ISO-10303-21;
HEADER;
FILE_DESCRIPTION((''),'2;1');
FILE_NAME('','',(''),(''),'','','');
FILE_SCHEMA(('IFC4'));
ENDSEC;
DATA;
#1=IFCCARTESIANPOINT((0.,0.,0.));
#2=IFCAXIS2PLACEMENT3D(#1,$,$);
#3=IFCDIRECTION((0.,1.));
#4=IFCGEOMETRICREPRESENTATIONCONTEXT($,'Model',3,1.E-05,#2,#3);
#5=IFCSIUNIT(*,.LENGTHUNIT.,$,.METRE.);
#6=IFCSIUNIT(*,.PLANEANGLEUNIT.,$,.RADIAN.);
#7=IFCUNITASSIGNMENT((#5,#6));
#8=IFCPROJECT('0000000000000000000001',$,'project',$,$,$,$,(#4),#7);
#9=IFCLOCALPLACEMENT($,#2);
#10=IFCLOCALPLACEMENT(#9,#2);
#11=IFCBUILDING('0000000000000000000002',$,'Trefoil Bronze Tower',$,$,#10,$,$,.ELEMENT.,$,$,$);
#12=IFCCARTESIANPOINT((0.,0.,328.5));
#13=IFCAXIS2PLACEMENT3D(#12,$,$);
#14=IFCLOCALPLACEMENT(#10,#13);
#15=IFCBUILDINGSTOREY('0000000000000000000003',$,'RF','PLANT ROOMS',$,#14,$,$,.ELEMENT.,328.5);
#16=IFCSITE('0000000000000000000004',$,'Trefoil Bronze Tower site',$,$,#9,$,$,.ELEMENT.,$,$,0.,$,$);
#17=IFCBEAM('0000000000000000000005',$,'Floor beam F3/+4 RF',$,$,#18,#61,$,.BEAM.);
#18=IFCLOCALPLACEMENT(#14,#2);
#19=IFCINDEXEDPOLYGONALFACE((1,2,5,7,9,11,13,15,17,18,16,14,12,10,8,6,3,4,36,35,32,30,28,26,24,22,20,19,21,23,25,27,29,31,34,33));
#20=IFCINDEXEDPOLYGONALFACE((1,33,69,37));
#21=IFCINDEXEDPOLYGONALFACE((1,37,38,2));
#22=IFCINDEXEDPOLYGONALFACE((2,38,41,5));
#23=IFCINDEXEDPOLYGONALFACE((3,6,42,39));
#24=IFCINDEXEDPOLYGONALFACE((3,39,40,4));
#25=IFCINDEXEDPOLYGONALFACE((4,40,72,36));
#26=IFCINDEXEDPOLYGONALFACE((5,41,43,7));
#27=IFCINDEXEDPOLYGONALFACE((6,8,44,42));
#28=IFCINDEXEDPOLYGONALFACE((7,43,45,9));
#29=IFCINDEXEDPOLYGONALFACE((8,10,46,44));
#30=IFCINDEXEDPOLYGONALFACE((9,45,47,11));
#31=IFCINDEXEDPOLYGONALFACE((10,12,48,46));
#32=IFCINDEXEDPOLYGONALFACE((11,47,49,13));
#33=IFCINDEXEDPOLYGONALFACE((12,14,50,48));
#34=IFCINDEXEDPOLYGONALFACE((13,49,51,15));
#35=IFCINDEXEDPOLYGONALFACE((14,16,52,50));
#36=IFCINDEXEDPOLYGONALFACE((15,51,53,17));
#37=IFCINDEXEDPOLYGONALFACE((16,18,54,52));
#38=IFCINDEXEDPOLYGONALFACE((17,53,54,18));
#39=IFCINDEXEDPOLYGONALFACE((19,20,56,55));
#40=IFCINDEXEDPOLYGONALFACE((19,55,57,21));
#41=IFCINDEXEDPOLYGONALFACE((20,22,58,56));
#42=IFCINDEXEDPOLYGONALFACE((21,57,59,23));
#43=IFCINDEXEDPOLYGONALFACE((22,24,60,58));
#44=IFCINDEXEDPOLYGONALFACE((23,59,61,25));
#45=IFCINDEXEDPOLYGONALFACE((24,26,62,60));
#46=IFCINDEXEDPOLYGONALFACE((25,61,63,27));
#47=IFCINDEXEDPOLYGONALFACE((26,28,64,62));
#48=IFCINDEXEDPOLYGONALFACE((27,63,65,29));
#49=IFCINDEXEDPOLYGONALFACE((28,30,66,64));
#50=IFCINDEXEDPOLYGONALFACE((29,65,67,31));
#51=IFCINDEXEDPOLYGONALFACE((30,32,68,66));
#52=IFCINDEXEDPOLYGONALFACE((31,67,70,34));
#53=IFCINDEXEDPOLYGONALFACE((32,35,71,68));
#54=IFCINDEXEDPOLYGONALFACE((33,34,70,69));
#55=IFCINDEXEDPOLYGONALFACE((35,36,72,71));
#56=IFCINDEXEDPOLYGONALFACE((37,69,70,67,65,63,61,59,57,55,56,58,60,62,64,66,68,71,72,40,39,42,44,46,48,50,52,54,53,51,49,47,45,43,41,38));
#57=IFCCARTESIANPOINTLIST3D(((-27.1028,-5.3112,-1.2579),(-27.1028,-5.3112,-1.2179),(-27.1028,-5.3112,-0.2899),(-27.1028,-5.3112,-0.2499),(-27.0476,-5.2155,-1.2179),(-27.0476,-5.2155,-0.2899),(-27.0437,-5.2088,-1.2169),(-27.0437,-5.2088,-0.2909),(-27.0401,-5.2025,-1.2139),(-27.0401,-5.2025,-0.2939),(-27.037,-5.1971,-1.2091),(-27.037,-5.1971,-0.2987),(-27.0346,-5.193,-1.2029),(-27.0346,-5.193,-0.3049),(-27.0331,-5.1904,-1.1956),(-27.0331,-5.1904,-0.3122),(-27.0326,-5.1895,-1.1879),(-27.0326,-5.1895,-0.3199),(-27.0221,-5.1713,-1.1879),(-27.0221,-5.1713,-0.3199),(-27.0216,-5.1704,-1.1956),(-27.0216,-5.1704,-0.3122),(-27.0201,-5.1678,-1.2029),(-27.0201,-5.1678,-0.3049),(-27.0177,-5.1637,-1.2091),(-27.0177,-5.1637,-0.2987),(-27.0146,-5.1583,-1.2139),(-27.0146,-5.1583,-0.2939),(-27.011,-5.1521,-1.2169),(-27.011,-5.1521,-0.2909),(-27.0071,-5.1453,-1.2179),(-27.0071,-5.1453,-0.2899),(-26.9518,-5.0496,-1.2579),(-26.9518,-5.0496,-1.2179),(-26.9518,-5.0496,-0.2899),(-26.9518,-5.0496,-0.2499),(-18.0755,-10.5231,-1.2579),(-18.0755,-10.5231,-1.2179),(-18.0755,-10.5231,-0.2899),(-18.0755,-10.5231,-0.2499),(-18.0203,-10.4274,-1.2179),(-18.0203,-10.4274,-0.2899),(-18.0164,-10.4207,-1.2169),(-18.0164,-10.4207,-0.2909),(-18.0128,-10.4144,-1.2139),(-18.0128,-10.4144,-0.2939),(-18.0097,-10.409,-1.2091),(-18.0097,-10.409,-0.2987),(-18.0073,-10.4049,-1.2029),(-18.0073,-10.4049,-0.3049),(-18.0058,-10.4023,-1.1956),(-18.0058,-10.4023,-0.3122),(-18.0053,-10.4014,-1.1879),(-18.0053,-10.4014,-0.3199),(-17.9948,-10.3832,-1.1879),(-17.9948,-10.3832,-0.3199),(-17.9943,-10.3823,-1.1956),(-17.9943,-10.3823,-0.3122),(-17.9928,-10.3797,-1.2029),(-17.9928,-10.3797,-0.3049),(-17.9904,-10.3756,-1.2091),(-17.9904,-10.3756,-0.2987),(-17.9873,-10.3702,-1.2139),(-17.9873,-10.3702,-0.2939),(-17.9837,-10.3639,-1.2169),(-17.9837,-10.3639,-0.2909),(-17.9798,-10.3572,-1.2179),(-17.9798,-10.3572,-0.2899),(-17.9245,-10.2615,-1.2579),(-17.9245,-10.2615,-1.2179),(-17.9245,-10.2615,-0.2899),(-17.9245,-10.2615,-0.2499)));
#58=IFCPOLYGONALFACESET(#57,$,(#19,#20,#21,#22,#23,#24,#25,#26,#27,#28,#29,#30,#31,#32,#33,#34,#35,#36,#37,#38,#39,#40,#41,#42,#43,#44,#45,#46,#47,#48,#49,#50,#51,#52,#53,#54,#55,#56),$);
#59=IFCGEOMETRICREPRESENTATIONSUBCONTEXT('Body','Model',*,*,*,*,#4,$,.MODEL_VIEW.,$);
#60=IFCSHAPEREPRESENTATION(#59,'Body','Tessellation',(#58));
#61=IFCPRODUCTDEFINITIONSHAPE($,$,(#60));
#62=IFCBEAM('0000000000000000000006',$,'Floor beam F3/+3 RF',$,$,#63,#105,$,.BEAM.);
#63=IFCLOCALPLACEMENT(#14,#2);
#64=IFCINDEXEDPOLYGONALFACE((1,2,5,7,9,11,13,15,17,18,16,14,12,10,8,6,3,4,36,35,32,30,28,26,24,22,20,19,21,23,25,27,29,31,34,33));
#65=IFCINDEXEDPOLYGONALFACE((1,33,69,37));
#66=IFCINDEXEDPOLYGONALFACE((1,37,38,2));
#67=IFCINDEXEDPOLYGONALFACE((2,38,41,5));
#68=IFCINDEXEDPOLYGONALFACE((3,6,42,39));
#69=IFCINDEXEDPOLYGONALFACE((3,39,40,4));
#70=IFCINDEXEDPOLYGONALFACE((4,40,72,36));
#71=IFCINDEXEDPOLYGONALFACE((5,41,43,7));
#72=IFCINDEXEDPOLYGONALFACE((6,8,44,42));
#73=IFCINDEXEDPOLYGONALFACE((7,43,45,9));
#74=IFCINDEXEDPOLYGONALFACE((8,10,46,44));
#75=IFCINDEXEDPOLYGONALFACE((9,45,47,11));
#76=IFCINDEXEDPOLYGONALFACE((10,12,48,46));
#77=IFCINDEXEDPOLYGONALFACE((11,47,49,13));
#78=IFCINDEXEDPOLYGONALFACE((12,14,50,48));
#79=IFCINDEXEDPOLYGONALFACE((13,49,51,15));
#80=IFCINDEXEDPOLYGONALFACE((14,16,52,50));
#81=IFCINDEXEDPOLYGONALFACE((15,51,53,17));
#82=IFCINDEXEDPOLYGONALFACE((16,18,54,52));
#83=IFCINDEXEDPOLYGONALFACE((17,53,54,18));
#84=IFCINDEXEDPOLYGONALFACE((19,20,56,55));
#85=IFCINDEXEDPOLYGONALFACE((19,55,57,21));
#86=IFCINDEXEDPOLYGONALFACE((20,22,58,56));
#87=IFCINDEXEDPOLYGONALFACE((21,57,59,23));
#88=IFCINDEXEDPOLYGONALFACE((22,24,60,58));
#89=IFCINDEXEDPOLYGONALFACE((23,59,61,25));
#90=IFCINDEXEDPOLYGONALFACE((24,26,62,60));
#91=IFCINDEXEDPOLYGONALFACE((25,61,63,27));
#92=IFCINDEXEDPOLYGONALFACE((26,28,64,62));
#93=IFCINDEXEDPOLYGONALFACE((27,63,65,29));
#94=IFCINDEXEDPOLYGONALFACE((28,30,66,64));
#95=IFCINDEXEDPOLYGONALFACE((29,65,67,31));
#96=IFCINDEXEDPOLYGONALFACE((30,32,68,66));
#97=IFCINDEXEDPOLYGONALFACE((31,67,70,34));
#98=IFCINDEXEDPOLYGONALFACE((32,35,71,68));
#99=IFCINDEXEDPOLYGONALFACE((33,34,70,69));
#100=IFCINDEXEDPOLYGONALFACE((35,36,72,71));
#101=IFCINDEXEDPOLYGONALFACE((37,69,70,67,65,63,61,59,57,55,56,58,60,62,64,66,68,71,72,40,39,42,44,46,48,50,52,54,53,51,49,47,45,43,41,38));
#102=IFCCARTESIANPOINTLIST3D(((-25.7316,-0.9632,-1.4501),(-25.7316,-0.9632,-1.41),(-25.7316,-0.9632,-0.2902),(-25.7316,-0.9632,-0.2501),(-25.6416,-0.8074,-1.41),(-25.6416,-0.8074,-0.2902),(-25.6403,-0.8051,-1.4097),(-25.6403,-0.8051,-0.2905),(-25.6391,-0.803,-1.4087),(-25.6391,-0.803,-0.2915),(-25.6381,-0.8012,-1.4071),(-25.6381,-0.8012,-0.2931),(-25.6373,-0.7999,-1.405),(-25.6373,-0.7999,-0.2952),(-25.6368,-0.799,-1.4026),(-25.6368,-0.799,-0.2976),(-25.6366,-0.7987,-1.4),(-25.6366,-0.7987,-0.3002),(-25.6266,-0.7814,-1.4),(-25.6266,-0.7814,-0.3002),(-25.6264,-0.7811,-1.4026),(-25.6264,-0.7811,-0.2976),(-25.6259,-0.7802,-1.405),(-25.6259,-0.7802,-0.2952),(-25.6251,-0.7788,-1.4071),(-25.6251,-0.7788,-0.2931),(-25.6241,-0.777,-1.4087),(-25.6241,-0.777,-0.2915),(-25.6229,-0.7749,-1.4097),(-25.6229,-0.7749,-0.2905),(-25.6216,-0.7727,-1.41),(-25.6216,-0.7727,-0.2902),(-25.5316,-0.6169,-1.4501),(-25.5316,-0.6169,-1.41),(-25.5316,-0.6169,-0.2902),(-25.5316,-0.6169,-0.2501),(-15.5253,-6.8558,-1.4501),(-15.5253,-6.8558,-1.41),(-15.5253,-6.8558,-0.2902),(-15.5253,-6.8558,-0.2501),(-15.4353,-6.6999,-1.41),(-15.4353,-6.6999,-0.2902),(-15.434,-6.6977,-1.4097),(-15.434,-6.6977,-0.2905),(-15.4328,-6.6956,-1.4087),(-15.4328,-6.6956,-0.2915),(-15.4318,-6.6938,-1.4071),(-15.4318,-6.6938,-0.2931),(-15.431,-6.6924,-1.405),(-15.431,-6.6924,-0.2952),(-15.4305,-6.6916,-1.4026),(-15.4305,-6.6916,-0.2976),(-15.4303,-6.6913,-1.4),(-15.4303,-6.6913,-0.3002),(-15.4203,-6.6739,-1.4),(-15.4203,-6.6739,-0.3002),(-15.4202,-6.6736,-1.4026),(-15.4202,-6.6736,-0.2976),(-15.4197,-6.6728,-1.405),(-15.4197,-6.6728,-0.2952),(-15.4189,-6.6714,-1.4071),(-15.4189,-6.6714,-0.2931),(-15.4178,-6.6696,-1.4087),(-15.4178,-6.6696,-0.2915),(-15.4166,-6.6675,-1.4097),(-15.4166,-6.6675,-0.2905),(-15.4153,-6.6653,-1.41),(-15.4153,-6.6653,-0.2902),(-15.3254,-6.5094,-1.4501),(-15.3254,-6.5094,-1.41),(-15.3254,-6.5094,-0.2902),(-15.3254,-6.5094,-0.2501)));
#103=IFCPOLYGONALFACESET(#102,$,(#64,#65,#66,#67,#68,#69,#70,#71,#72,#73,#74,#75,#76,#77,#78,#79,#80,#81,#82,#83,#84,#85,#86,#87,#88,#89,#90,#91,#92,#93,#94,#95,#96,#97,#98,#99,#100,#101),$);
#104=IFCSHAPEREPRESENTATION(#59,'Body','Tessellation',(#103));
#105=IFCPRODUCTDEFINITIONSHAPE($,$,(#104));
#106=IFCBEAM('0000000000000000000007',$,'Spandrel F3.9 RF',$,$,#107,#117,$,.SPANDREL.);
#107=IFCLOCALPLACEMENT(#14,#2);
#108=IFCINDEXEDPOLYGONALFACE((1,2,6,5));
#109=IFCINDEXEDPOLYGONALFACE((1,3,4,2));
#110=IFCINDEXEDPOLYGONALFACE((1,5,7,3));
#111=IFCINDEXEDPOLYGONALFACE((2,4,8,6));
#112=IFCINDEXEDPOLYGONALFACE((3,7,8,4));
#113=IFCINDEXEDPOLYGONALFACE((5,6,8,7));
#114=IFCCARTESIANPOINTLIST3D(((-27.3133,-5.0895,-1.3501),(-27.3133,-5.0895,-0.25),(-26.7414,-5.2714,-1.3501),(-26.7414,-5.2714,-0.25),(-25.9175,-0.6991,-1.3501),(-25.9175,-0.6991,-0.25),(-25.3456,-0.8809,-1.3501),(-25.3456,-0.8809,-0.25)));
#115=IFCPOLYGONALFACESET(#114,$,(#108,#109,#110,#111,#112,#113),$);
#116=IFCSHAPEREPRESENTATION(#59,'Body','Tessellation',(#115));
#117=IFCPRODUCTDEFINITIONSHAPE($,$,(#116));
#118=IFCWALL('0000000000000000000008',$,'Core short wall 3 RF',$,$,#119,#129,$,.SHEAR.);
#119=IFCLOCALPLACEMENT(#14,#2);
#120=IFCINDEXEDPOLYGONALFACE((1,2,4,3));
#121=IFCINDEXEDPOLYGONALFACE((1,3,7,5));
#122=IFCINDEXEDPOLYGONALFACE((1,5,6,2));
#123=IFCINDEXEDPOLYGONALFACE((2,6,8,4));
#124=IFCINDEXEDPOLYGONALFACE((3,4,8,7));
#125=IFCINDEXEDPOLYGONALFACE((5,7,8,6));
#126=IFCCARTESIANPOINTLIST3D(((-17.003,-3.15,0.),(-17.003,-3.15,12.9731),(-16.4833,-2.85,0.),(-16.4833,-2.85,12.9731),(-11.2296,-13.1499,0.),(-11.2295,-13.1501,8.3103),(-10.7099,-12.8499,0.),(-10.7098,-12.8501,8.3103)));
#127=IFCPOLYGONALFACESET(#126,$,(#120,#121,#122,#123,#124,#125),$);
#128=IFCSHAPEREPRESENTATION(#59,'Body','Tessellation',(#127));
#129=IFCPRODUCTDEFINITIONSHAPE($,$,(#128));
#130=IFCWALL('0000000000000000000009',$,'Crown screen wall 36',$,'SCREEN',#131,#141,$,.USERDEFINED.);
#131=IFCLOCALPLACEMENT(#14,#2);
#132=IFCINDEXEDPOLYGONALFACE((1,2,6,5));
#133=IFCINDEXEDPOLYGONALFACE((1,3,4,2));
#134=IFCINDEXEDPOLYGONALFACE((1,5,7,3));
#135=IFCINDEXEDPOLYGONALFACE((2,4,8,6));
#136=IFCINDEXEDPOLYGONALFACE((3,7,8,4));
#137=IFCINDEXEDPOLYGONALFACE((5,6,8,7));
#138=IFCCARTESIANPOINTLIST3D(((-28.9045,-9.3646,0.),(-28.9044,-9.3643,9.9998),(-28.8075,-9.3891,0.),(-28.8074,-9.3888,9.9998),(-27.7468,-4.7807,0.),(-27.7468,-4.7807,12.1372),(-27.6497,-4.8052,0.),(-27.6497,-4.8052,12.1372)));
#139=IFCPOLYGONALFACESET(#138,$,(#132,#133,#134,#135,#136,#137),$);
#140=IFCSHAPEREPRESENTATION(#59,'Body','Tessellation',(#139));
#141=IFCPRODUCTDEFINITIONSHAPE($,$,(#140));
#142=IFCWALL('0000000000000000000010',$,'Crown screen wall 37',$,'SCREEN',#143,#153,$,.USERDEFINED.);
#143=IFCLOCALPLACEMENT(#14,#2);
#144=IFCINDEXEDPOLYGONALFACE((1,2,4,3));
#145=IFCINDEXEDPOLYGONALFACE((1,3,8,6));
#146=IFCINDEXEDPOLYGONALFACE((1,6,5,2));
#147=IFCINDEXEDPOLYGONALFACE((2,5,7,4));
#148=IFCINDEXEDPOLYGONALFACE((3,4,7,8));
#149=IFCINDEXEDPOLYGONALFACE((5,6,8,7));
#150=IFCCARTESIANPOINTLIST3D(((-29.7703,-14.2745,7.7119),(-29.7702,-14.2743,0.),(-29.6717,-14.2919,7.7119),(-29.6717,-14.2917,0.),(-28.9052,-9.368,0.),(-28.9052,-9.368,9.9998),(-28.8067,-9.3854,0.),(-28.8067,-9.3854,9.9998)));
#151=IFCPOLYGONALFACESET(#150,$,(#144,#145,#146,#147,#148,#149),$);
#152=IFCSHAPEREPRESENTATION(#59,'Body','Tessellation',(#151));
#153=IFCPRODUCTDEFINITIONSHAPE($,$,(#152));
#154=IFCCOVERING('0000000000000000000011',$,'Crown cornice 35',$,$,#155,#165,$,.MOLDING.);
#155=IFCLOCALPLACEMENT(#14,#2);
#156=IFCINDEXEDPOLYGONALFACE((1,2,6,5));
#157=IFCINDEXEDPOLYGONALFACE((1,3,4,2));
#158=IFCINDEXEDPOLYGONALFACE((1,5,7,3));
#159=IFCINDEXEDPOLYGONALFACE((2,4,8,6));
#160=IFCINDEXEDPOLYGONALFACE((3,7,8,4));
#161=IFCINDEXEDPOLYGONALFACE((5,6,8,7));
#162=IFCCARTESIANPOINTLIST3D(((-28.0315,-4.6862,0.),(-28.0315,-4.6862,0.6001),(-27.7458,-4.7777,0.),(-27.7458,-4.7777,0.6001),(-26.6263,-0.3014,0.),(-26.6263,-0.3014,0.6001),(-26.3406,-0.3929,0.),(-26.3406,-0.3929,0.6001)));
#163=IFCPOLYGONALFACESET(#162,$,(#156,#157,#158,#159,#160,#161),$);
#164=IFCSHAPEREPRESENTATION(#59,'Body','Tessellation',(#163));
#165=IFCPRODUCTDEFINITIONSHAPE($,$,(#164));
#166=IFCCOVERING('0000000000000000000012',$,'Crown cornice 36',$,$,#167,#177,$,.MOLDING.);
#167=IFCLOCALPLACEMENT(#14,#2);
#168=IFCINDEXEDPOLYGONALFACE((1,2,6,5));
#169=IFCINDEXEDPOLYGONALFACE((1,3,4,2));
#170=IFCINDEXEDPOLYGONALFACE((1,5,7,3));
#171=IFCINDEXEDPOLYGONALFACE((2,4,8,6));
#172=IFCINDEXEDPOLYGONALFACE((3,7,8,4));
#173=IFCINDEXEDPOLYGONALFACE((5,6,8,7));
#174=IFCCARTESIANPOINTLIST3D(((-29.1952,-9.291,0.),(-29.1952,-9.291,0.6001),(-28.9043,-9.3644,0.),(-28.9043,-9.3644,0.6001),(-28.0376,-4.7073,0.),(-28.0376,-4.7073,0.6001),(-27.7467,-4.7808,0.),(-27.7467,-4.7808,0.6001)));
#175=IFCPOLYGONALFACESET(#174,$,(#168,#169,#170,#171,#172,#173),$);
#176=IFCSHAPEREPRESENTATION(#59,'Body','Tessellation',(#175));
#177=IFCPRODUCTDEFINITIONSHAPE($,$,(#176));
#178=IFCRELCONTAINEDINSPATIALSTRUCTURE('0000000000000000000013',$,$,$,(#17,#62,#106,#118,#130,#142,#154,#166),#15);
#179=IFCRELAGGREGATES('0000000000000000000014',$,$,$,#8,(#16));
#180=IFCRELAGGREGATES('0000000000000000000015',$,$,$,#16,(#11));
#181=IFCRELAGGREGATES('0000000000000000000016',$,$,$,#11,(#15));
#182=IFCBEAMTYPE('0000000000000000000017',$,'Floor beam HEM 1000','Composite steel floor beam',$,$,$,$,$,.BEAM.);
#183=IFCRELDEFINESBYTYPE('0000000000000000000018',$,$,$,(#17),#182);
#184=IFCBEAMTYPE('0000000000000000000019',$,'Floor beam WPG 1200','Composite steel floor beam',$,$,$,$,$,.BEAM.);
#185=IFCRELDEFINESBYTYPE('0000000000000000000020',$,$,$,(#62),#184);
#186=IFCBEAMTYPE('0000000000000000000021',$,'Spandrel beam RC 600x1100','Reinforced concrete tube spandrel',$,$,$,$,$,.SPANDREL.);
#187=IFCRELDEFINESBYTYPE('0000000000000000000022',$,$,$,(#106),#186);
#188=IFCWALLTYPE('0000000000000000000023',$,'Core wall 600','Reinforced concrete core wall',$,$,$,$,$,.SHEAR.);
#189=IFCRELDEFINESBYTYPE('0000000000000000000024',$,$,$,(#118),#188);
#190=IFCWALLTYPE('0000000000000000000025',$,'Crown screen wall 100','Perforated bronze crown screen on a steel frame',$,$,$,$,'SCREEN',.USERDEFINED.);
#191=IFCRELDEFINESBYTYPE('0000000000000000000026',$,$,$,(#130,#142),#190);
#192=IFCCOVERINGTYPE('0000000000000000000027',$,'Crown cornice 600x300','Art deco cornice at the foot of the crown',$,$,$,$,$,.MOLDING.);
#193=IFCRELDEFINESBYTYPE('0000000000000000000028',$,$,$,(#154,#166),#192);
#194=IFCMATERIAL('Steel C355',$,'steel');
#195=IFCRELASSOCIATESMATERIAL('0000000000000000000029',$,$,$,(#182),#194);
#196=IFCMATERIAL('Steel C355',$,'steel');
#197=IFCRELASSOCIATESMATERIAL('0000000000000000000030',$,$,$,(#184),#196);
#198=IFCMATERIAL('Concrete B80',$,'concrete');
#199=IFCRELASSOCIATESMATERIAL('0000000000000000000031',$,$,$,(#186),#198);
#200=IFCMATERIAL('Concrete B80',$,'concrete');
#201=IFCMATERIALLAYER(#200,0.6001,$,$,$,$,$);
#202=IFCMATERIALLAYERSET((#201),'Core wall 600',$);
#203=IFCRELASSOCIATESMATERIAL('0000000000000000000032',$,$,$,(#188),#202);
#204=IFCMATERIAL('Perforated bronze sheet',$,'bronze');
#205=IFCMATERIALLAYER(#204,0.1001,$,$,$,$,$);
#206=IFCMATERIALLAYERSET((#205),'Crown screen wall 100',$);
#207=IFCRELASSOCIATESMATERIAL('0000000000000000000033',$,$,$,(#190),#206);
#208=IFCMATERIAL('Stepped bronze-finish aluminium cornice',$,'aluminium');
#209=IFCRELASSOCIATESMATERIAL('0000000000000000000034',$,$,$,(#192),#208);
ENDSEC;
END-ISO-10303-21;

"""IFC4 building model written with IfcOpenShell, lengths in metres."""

from ifc_helpers import new_model, si_unit, direction, frame, origin, origin_2d, place, context, subcontext, project, spatial, polyline, rectangle, i_section, outline, extrude, material, layer, layer_set, material_profile, profile_set, type_object, element, save


model = new_model("IFC4")

# Units and contexts
model_context = context("Model", 3, precision=1e-05, world=origin(), true_north=direction((0.0, 1.0)))
body_context = subcontext(model_context, "Body", "Model", "MODEL_VIEW")
ifc_project = project(units=[si_unit("LENGTHUNIT", "METRE"), si_unit("PLANEANGLEUNIT", "RADIAN")], contexts=[model_context])

# Site, building, storey
site_placement = place(None, origin())
site = spatial("IfcSite", under=ifc_project, at=site_placement, Name="Trefoil Bronze Tower site", CompositionType="ELEMENT", RefElevation=0.0)
building_placement = place(site_placement, origin())
building = spatial("IfcBuilding", under=site, at=building_placement, Name="Trefoil Bronze Tower", CompositionType="ELEMENT")
storey_placement = place(building_placement, frame((0.0, 0.0, 328.5)))
storey = spatial("IfcBuildingStorey", under=building, at=storey_placement, Name="RF", Description="PLANT ROOMS", CompositionType="ELEMENT", Elevation=328.5)

# Beams
ifc_material_1 = material(Name="Steel C355", Category="steel")
ifc_material_profile_1 = material_profile(ifc_material_1, i_section(OverallWidth=0.302, OverallDepth=1.0081, WebThickness=0.021, FlangeThickness=0.04, FilletRadius=0.03, at=origin_2d()), Name="HEM 1000")
ifc_profile_set_1 = profile_set([ifc_material_profile_1], Name="Steel C355")
beam_type_1 = type_object("IfcBeamType", Name="Floor beam HEM 1000", Description="Composite steel floor beam", PredefinedType="BEAM", material=ifc_profile_set_1)
beam_1_placement = place(storey_placement, frame((-27.0273, -5.1804, -0.7539), z_axis=(0.866026, -0.499998, 0.0), x_axis=(0.499998, 0.866026, 0.0)))
element("IfcBeam", 1, at=beam_1_placement, inside=storey, type_object=beam_type_1, Name="Floor beam F3/+4 RF", PredefinedType="BEAM", context=body_context, shape_type="SweptSolid", body=[
    extrude(i_section(OverallWidth=0.302, OverallDepth=1.0081, WebThickness=0.021, FlangeThickness=0.04, FilletRadius=0.03, at=origin_2d()), origin(), (0.0, 0.0, 1.0), 10.4238),
])
ifc_material_2 = material(Name="Steel C355", Category="steel")
ifc_material_profile_2 = material_profile(ifc_material_2, i_section(OverallWidth=0.3999, OverallDepth=1.2, WebThickness=0.02, FlangeThickness=0.04, FilletRadius=0.01, at=origin_2d()), Name="WPG 1200")
ifc_profile_set_2 = profile_set([ifc_material_profile_2], Name="Steel C355")
beam_type_2 = type_object("IfcBeamType", Name="Floor beam WPG 1200", Description="Composite steel floor beam", PredefinedType="BEAM", material=ifc_profile_set_2)
beam_2_placement = place(storey_placement, frame((-25.6316, -0.79, -0.8501), z_axis=(0.866027, -0.499998, 0.0), x_axis=(0.499998, 0.866027, 0.0)))
element("IfcBeam", 2, at=beam_2_placement, inside=storey, type_object=beam_type_2, Name="Floor beam F3/+3 RF", PredefinedType="BEAM", context=body_context, shape_type="SweptSolid", body=[
    extrude(i_section(OverallWidth=0.3999, OverallDepth=1.2, WebThickness=0.02, FlangeThickness=0.04, FilletRadius=0.01, at=origin_2d()), origin(), (0.0, 0.0, 1.0), 11.7852),
])
ifc_material_3 = material(Name="Concrete B80", Category="concrete")
ifc_material_profile_3 = material_profile(ifc_material_3, rectangle(XDim=0.6001, YDim=1.1001, at=origin_2d()), Name="RC 600x1100")
ifc_profile_set_3 = profile_set([ifc_material_profile_3], Name="Concrete B80")
beam_type_3 = type_object("IfcBeamType", Name="Spandrel beam RC 600x1100", Description="Reinforced concrete tube spandrel", PredefinedType="SPANDREL", material=ifc_profile_set_3)
beam_3_placement = place(storey_placement, frame((-25.6316, -0.79, -0.8), z_axis=(-0.30297, -0.953, 0.0), x_axis=(0.953, -0.30297, 0.0)))
element("IfcBeam", 3, at=beam_3_placement, inside=storey, type_object=beam_type_3, Name="Spandrel F3.9 RF", PredefinedType="SPANDREL", context=body_context, shape_type="SweptSolid", body=[
    extrude(rectangle(XDim=0.6001, YDim=1.1001, at=origin_2d()), origin(), (0.0, 0.0, 1.0), 4.6069),
])

# Walls
ifc_material_4 = material(Name="Concrete B80", Category="concrete")
ifc_layer_1 = layer(ifc_material_4, 0.6001)
ifc_layer_set_1 = layer_set([ifc_layer_1], Name="Core wall 600")
wall_type_1 = type_object("IfcWallType", Name="Core wall 600", Description="Reinforced concrete core wall", PredefinedType="SHEAR", material=ifc_layer_set_1)
wall_1_placement = place(storey_placement, frame((-16.7432, -3.0, 0.0), z_axis=(0.0, 0.0, 1.0), x_axis=(0.499996, -0.866028, 0.0)))
element("IfcWall", 4, at=wall_1_placement, inside=storey, type_object=wall_type_1, Name="Core short wall 3 RF", PredefinedType="SHEAR", context=body_context, shape_type="SweptSolid", body=[
    extrude(outline(polyline([(0.0, 0.0), (11.5469, 0.0), (11.5471, 8.3103), (0.0, 12.9731), (0.0, 0.0)])), frame((0.0, 0.3, 0.0), z_axis=(0.0, -1.0, 0.0), x_axis=(1.0, 0.0, 0.0)), (0.0, 0.0, 1.0), 0.6001),
])
ifc_material_5 = material(Name="Perforated bronze sheet", Category="bronze")
ifc_layer_2 = layer(ifc_material_5, 0.1001)
ifc_layer_set_2 = layer_set([ifc_layer_2], Name="Crown screen wall 100")
wall_type_2 = type_object("IfcWallType", Name="Crown screen wall 100", Description="Perforated bronze crown screen on a steel frame", ElementType="SCREEN", PredefinedType="USERDEFINED", material=ifc_layer_set_2)
wall_2_placement = place(storey_placement, frame((-27.6982, -4.793, 0.0), z_axis=(0.0, 0.0, 1.0), x_axis=(-0.24488, -0.969553, 0.0)))
element("IfcWall", 5, at=wall_2_placement, inside=storey, type_object=wall_type_2, Name="Crown screen wall 36", ObjectType="SCREEN", PredefinedType="USERDEFINED", context=body_context, shape_type="SweptSolid", body=[
    extrude(outline(polyline([(0.0, 0.0), (4.7278, 0.0), (4.7275, 9.9998), (0.0, 12.1372), (0.0, 0.0)])), frame((0.0, 0.05, 0.0), z_axis=(0.0, -1.0, 0.0), x_axis=(1.0, 0.0, 0.0)), (0.0, 0.0, 1.0), 0.1001),
])
wall_3_placement = place(storey_placement, frame((-28.856, -9.3767, 0.0), z_axis=(0.0, 0.0, 1.0), x_axis=(-0.173626, -0.984812, 0.0)))
element("IfcWall", 6, at=wall_3_placement, inside=storey, type_object=wall_type_2, Name="Crown screen wall 37", ObjectType="SCREEN", PredefinedType="USERDEFINED", context=body_context, shape_type="SweptSolid", body=[
    extrude(outline(polyline([(0.0, 0.0), (4.9819, 0.0), (4.9822, 7.7119), (0.0, 9.9998), (0.0, 0.0)])), frame((0.0, 0.05, 0.0), z_axis=(0.0, -1.0, 0.0), x_axis=(1.0, 0.0, 0.0)), (0.0, 0.0, 1.0), 0.1001),
])

# Coverings
ifc_material_6 = material(Name="Stepped bronze-finish aluminium cornice", Category="aluminium")
covering_type = type_object("IfcCoveringType", Name="Crown cornice 600x300", Description="Art deco cornice at the foot of the crown", PredefinedType="MOLDING", material=ifc_material_6)
covering_1_placement = place(storey_placement, frame((-27.186, -2.5396, 0.0), z_axis=(0.0, 0.0, 1.0), x_axis=(-0.305188, -0.952292, 0.0)))
element("IfcCovering", 7, at=covering_1_placement, inside=storey, type_object=covering_type, Name="Crown cornice 35", PredefinedType="MOLDING", context=body_context, shape_type="SweptSolid", body=[
    extrude(rectangle(XDim=4.6045, YDim=0.3, at=origin_2d()), origin(), (0.0, 0.0, 1.0), 0.6001),
])
covering_2_placement = place(storey_placement, frame((-28.4709, -7.0359, 0.0), z_axis=(0.0, 0.0, 1.0), x_axis=(-0.24488, -0.969554, 0.0)))
element("IfcCovering", 8, at=covering_2_placement, inside=storey, type_object=covering_type, Name="Crown cornice 36", PredefinedType="MOLDING", context=body_context, shape_type="SweptSolid", body=[
    extrude(rectangle(XDim=4.7275, YDim=0.3, at=origin_2d()), origin(), (0.0, 0.0, 1.0), 0.6001),
])

save(model, "model.ifc")
